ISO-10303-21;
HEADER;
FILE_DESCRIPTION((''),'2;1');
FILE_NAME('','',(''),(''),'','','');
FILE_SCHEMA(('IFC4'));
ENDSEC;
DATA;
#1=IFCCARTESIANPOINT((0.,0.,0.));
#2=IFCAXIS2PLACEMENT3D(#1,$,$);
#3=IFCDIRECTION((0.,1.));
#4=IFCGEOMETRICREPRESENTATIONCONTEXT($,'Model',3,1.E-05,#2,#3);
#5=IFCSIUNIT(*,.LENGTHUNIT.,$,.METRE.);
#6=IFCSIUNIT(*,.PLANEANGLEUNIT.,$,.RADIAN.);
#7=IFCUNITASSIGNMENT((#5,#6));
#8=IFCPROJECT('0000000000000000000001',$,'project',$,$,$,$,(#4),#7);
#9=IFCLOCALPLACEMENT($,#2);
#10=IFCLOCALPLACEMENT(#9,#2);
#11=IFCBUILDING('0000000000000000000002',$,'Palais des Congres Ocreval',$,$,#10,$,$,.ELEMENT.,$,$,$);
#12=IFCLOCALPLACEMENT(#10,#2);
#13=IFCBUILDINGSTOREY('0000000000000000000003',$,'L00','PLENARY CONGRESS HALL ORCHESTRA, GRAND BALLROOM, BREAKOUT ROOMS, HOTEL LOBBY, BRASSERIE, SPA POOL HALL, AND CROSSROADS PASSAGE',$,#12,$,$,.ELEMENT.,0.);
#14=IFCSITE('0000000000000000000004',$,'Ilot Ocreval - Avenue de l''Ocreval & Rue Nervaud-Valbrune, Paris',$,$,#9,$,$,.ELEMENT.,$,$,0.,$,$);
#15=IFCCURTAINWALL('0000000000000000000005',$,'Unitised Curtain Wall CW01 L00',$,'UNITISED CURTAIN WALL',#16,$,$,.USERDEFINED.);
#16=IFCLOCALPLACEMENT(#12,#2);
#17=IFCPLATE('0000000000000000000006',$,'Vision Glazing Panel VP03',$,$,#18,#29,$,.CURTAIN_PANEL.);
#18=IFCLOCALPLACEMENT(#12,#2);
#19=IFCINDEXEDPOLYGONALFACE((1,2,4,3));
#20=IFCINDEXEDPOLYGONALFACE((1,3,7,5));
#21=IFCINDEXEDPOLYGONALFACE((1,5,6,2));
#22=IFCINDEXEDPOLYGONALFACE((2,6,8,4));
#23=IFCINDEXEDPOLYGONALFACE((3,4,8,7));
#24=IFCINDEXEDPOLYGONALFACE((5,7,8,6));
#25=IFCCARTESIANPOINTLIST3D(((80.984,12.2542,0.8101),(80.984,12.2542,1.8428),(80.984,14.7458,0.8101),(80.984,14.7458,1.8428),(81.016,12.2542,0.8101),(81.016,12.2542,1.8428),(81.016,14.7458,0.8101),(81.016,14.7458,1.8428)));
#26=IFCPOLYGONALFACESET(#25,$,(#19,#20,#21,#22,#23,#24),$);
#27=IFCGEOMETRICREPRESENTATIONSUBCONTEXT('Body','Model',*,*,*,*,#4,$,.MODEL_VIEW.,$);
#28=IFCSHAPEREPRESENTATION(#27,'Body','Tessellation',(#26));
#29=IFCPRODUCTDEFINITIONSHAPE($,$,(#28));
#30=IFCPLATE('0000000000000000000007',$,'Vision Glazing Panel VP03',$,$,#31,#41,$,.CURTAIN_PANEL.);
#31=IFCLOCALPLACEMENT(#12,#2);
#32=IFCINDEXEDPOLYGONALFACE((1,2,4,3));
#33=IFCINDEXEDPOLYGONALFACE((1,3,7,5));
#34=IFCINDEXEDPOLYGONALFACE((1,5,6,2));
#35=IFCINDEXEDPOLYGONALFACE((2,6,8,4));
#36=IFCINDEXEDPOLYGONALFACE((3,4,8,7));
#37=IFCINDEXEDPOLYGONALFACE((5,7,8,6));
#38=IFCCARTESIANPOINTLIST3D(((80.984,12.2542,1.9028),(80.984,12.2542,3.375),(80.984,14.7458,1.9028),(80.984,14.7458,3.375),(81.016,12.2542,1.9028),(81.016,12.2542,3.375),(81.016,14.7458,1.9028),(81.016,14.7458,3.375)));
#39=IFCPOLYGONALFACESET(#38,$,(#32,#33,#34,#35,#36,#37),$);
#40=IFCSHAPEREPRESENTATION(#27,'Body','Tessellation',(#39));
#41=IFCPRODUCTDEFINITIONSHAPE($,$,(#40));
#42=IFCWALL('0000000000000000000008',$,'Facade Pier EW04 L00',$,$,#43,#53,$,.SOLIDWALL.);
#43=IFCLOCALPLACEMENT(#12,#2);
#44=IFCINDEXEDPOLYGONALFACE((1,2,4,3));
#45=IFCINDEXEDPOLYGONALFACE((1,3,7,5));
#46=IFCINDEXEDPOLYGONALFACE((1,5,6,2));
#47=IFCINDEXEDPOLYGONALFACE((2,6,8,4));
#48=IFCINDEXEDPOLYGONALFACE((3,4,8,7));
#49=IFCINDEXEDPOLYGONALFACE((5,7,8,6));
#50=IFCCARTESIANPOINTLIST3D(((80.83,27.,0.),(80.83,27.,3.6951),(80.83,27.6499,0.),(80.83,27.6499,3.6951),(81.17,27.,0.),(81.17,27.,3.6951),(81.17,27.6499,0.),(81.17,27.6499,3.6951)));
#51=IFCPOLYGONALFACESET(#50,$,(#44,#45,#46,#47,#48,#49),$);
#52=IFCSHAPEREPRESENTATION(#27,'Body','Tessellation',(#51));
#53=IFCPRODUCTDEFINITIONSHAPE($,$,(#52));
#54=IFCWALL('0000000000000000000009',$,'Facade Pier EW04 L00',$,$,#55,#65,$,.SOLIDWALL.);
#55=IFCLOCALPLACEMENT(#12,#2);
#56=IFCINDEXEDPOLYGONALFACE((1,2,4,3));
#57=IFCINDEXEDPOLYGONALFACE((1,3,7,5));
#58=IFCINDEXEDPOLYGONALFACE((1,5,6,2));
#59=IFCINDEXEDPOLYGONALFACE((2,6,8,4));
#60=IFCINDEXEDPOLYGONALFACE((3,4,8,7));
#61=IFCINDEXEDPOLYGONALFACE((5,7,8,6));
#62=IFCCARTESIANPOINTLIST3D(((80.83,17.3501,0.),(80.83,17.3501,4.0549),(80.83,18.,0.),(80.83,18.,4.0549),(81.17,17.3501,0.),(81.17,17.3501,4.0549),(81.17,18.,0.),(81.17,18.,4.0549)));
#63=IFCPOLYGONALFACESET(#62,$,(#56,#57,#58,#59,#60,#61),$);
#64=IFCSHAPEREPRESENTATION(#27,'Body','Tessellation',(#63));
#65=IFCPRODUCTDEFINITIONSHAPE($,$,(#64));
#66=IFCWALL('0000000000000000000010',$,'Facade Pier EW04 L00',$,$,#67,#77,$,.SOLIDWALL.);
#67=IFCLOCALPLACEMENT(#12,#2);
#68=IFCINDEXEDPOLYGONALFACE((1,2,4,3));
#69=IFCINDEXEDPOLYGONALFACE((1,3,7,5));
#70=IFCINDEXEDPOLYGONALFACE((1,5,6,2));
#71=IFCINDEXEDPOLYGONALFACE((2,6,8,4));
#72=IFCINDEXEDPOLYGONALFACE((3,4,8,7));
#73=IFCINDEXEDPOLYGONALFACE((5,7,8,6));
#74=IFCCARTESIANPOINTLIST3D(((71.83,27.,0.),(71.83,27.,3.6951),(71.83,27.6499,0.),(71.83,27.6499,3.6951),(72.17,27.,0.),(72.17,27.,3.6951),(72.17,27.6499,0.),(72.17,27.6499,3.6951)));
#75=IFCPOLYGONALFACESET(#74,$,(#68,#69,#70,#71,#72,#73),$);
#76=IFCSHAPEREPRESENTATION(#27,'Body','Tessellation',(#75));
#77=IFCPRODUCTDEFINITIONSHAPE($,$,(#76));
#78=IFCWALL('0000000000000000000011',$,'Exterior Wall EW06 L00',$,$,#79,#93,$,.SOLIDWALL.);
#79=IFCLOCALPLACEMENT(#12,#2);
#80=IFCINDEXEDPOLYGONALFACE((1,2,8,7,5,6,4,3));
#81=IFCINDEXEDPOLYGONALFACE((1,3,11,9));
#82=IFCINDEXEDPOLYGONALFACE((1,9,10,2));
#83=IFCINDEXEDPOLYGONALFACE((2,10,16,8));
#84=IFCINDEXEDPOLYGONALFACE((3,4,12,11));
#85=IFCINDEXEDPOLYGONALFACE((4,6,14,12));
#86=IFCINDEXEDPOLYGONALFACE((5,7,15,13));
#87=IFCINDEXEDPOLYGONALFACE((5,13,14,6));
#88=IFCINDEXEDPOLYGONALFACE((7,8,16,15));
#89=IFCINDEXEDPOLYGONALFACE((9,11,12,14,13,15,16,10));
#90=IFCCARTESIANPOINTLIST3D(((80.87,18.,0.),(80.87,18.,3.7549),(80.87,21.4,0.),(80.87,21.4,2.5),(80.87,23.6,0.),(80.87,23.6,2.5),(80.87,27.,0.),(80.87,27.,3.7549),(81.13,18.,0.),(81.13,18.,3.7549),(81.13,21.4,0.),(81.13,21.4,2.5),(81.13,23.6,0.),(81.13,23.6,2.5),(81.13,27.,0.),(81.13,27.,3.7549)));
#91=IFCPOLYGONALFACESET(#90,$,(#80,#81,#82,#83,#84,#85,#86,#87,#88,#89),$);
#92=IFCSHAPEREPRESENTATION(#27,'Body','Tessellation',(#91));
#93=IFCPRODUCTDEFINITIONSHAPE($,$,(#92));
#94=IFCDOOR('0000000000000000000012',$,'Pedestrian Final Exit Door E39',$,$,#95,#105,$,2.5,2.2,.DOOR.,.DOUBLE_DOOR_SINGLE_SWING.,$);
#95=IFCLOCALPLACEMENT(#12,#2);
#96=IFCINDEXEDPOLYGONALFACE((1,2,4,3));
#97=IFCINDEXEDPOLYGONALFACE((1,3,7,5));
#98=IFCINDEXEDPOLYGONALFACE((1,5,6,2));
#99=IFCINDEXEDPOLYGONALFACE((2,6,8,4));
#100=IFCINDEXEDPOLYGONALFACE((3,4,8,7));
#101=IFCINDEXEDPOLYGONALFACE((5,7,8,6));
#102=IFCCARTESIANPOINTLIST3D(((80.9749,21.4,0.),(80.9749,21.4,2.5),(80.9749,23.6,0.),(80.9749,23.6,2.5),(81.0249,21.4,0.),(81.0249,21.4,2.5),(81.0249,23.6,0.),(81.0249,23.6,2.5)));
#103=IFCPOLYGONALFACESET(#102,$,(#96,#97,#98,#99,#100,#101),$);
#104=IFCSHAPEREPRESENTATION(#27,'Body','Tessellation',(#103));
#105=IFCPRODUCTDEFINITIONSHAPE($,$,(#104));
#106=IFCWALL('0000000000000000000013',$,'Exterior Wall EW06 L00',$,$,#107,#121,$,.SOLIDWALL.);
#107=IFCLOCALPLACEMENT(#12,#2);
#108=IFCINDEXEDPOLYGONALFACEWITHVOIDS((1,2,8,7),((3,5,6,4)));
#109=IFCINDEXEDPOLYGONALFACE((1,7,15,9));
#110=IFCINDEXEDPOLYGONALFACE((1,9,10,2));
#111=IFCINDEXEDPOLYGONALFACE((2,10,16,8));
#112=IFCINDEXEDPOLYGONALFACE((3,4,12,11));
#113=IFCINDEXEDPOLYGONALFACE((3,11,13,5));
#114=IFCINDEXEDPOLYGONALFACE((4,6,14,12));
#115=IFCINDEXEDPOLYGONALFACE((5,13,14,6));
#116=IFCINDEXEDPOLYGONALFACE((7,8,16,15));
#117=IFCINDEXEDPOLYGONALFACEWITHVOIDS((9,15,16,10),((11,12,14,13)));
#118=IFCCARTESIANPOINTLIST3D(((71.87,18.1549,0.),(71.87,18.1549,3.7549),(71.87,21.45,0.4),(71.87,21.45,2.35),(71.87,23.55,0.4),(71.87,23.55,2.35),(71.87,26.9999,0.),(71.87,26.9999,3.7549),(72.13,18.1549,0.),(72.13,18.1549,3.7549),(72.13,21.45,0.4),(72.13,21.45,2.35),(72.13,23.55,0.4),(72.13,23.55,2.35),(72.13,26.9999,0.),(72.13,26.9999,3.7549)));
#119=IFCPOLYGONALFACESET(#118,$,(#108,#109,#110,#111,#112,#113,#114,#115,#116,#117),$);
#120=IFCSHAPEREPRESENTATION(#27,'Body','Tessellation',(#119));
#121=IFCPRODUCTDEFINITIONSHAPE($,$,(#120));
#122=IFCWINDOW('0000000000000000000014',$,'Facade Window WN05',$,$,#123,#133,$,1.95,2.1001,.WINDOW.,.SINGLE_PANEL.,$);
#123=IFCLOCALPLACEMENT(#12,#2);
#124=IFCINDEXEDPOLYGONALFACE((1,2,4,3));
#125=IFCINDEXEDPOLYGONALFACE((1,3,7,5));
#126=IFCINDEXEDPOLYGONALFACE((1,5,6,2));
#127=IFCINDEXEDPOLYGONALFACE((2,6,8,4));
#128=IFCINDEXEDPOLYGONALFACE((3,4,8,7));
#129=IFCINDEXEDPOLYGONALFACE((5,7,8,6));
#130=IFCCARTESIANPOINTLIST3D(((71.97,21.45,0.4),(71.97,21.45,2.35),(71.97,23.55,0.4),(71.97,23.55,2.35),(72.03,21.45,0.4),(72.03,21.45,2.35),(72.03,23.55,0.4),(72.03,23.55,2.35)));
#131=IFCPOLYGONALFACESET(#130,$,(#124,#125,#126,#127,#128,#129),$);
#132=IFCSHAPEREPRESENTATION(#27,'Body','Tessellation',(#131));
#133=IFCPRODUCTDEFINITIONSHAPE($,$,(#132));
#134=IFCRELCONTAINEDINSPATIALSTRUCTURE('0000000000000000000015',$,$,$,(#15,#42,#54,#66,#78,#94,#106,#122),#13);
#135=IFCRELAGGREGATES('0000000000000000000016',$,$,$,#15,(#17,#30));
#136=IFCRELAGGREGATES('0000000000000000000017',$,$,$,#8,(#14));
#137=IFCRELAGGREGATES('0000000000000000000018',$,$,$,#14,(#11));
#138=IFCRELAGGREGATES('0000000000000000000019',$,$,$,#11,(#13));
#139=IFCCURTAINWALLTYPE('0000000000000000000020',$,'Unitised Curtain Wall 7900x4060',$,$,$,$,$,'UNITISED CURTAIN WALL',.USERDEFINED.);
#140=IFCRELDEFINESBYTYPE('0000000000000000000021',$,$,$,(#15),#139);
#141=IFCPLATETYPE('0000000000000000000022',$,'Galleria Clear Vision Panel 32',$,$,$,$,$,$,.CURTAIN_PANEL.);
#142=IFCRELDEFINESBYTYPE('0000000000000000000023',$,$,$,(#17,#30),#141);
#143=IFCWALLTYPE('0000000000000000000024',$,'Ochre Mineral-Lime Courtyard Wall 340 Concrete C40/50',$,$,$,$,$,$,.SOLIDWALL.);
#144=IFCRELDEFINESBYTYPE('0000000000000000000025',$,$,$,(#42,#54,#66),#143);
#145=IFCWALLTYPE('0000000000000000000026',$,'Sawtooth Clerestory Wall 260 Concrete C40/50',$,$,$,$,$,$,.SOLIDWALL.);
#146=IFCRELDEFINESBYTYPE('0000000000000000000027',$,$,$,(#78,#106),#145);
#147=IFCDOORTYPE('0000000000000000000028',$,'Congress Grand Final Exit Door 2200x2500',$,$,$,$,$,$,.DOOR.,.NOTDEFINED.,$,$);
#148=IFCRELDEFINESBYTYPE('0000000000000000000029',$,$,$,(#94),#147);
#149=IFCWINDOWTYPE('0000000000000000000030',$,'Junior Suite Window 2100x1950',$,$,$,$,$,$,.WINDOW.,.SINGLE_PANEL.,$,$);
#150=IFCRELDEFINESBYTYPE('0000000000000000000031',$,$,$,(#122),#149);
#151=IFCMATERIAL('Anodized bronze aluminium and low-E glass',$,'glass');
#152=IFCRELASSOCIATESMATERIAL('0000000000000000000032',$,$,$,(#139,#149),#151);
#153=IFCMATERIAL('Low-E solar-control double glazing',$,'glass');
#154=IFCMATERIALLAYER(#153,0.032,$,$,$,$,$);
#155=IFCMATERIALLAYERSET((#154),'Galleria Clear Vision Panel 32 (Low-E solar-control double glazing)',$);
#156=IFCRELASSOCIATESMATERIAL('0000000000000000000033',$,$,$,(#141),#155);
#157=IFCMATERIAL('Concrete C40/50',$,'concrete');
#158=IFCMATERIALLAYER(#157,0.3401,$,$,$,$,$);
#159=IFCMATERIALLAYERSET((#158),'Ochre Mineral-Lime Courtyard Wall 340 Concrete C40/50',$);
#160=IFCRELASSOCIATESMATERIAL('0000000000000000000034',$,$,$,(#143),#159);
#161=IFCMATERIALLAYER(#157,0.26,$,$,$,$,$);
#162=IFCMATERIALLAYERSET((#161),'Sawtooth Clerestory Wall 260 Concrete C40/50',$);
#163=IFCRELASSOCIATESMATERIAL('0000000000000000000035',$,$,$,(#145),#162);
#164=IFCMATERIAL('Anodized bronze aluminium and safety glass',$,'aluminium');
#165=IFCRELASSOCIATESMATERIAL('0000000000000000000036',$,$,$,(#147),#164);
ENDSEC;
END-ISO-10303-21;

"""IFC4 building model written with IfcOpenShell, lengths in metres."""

from ifc_helpers import new_model, si_unit, direction, frame, frame_2d, origin, origin_2d, place, context, subcontext, project, spatial, rectangle, extrude, material, layer, layer_set, type_object, element, fill, aggregate, save


model = new_model("IFC4")

# Units and contexts
model_context = context("Model", 3, precision=1e-05, world=origin(), true_north=direction((0.0, 1.0)))
body_context = subcontext(model_context, "Body", "Model", "MODEL_VIEW")
ifc_project = project(units=[si_unit("LENGTHUNIT", "METRE"), si_unit("PLANEANGLEUNIT", "RADIAN")], contexts=[model_context])

# Site, building, storey
site_placement = place(None, origin())
site = spatial("IfcSite", under=ifc_project, at=site_placement, Name="Ilot Ocreval - Avenue de l'Ocreval & Rue Nervaud-Valbrune, Paris", CompositionType="ELEMENT", RefElevation=0.0)
building_placement = place(site_placement, origin())
building = spatial("IfcBuilding", under=site, at=building_placement, Name="Palais des Congres Ocreval", CompositionType="ELEMENT")
storey_placement = place(building_placement, origin())
storey = spatial("IfcBuildingStorey", under=building, at=storey_placement, Name="L00", Description="PLENARY CONGRESS HALL ORCHESTRA, GRAND BALLROOM, BREAKOUT ROOMS, HOTEL LOBBY, BRASSERIE, SPA POOL HALL, AND CROSSROADS PASSAGE", CompositionType="ELEMENT", Elevation=0.0)

# Shared definitions
ifc_material_1 = material(Name="Concrete C40/50", Category="concrete")

# Shared definitions
ifc_material_2 = material(Name="Anodized bronze aluminium and low-E glass", Category="glass")
curtain_wall_type = type_object("IfcCurtainWallType", Name="Unitised Curtain Wall 7900x4060", ElementType="UNITISED CURTAIN WALL", PredefinedType="USERDEFINED", material=ifc_material_2)

# Curtain wall
curtain_wall_1_placement = place(storey_placement, origin())
curtain_wall_1 = element("IfcCurtainWall", 1, at=curtain_wall_1_placement, inside=storey, type_object=curtain_wall_type, Name="Unitised Curtain Wall CW01 L00", ObjectType="UNITISED CURTAIN WALL", PredefinedType="USERDEFINED")

# Plates
ifc_material_3 = material(Name="Low-E solar-control double glazing", Category="glass")
ifc_layer_1 = layer(ifc_material_3, 0.032)
ifc_layer_set_1 = layer_set([ifc_layer_1], Name="Galleria Clear Vision Panel 32 (Low-E solar-control double glazing)")
plate_type_1 = type_object("IfcPlateType", Name="Galleria Clear Vision Panel 32", PredefinedType="CURTAIN_PANEL", material=ifc_layer_set_1)
plate_1_placement = place(storey_placement, frame((81.0, 13.5, 0.8101), z_axis=(0.0, 0.0, 1.0), x_axis=(0.0, -1.0, 0.0)))
plate_1 = element("IfcPlate", 2, at=plate_1_placement, type_object=plate_type_1, Name="Vision Glazing Panel VP03", PredefinedType="CURTAIN_PANEL", context=body_context, shape_type="SweptSolid", body=[
    extrude(rectangle(XDim=2.4917, YDim=0.032, at=origin_2d()), origin(), (0.0, 0.0, 1.0), 1.0327),
])
plate_2_placement = place(storey_placement, frame((81.0, 13.5, 1.9028), z_axis=(0.0, 0.0, 1.0), x_axis=(0.0, -1.0, 0.0)))
plate_2 = element("IfcPlate", 3, at=plate_2_placement, type_object=plate_type_1, Name="Vision Glazing Panel VP03", PredefinedType="CURTAIN_PANEL", context=body_context, shape_type="SweptSolid", body=[
    extrude(rectangle(XDim=2.4917, YDim=0.032, at=origin_2d()), origin(), (0.0, 0.0, 1.0), 1.4722),
])
aggregate(curtain_wall_1, [plate_1, plate_2])

# Walls
ifc_layer_2 = layer(ifc_material_1, 0.3401)
ifc_layer_set_2 = layer_set([ifc_layer_2], Name="Ochre Mineral-Lime Courtyard Wall 340 Concrete C40/50")
wall_type_1 = type_object("IfcWallType", Name="Ochre Mineral-Lime Courtyard Wall 340 Concrete C40/50", PredefinedType="SOLIDWALL", material=ifc_layer_set_2)
wall_1_placement = place(storey_placement, frame((81.0, 27.6499, 0.0), z_axis=(0.0, 0.0, 1.0), x_axis=(0.0, -1.0, 0.0)))
element("IfcWall", 4, at=wall_1_placement, inside=storey, type_object=wall_type_1, Name="Facade Pier EW04 L00", PredefinedType="SOLIDWALL", context=body_context, shape_type="SweptSolid", body=[
    extrude(rectangle(XDim=0.6499, YDim=0.3401, at=frame_2d((0.325, 0.0))), origin(), (0.0, 0.0, 1.0), 3.6951),
])
wall_2_placement = place(storey_placement, frame((81.0, 18.0, 0.0), z_axis=(0.0, 0.0, 1.0), x_axis=(0.0, -1.0, 0.0)))
element("IfcWall", 5, at=wall_2_placement, inside=storey, type_object=wall_type_1, Name="Facade Pier EW04 L00", PredefinedType="SOLIDWALL", context=body_context, shape_type="SweptSolid", body=[
    extrude(rectangle(XDim=0.6499, YDim=0.3401, at=frame_2d((0.325, 0.0))), origin(), (0.0, 0.0, 1.0), 4.0549),
])
wall_3_placement = place(storey_placement, frame((72.0, 27.0, 0.0), z_axis=(0.0, 0.0, 1.0), x_axis=(0.0, 1.0, 0.0)))
element("IfcWall", 6, at=wall_3_placement, inside=storey, type_object=wall_type_1, Name="Facade Pier EW04 L00", PredefinedType="SOLIDWALL", context=body_context, shape_type="SweptSolid", body=[
    extrude(rectangle(XDim=0.6499, YDim=0.3401, at=frame_2d((0.325, 0.0))), origin(), (0.0, 0.0, 1.0), 3.6951),
])

# Wall, opening, door
ifc_layer_3 = layer(ifc_material_1, 0.26)
ifc_layer_set_3 = layer_set([ifc_layer_3], Name="Sawtooth Clerestory Wall 260 Concrete C40/50")
wall_type_2 = type_object("IfcWallType", Name="Sawtooth Clerestory Wall 260 Concrete C40/50", PredefinedType="SOLIDWALL", material=ifc_layer_set_3)
wall_4_placement = place(storey_placement, frame((81.0, 27.0, 0.0), z_axis=(0.0, 0.0, 1.0), x_axis=(0.0, -1.0, 0.0)))
wall_4 = element("IfcWall", 7, at=wall_4_placement, inside=storey, type_object=wall_type_2, Name="Exterior Wall EW06 L00", PredefinedType="SOLIDWALL", context=body_context, shape_type="SweptSolid", body=[
    extrude(rectangle(XDim=9.0, YDim=0.26, at=frame_2d((4.5, 0.0))), origin(), (0.0, 0.0, 1.0), 3.7549),
])
opening_1_placement = place(wall_4_placement, frame((3.3999, 0.0, 0.0)))
opening_1 = element("IfcOpeningElement", 8, at=opening_1_placement, cuts=wall_4, PredefinedType="OPENING", context=body_context, shape_type="SweptSolid", body=[
    extrude(rectangle(XDim=2.2, YDim=2.5, at=frame_2d((1.1001, 1.25))), frame((0.0, 0.1399, 0.0), z_axis=(0.0, -1.0, 0.0), x_axis=(1.0, 0.0, 0.0)), (0.0, 0.0, 1.0), 0.28),
])
ifc_material_4 = material(Name="Anodized bronze aluminium and safety glass", Category="aluminium")
door_type = type_object("IfcDoorType", Name="Congress Grand Final Exit Door 2200x2500", OperationType="NOTDEFINED", PredefinedType="DOOR", material=ifc_material_4)
door_placement = place(opening_1_placement, origin())
door = element("IfcDoor", 9, at=door_placement, inside=storey, type_object=door_type, Name="Pedestrian Final Exit Door E39", OperationType="DOUBLE_DOOR_SINGLE_SWING", OverallHeight=2.5, OverallWidth=2.2, PredefinedType="DOOR", context=body_context, shape_type="SweptSolid", body=[
    extrude(rectangle(XDim=2.2, YDim=2.5, at=frame_2d((1.1001, 1.25))), frame((0.0, 0.0249, 0.0), z_axis=(0.0, -1.0, 0.0), x_axis=(1.0, 0.0, 0.0)), (0.0, 0.0, 1.0), 0.05),
])
fill(opening_1, door)

# Wall, opening, window
wall_5_placement = place(storey_placement, frame((72.0, 18.155, 0.0), z_axis=(0.0, 0.0, 1.0), x_axis=(0.0, 1.0, 0.0)))
wall_5 = element("IfcWall", 10, at=wall_5_placement, inside=storey, type_object=wall_type_2, Name="Exterior Wall EW06 L00", PredefinedType="SOLIDWALL", context=body_context, shape_type="SweptSolid", body=[
    extrude(rectangle(XDim=8.845, YDim=0.26, at=frame_2d((4.4224, 0.0))), origin(), (0.0, 0.0, 1.0), 3.7549),
])
opening_2_placement = place(wall_5_placement, frame((3.2949, 0.0, 0.3999)))
opening_2 = element("IfcOpeningElement", 11, at=opening_2_placement, cuts=wall_5, PredefinedType="OPENING", context=body_context, shape_type="SweptSolid", body=[
    extrude(rectangle(XDim=2.1001, YDim=1.95, at=frame_2d((1.05, 0.9751))), frame((0.0, 0.1399, 0.0), z_axis=(0.0, -1.0, 0.0), x_axis=(1.0, 0.0, 0.0)), (0.0, 0.0, 1.0), 0.28),
])
window_type = type_object("IfcWindowType", Name="Junior Suite Window 2100x1950", PartitioningType="SINGLE_PANEL", PredefinedType="WINDOW", material=ifc_material_2)
window_placement = place(opening_2_placement, origin())
window = element("IfcWindow", 12, at=window_placement, inside=storey, type_object=window_type, Name="Facade Window WN05", OverallHeight=1.95, OverallWidth=2.1001, PartitioningType="SINGLE_PANEL", PredefinedType="WINDOW", context=body_context, shape_type="SweptSolid", body=[
    extrude(rectangle(XDim=2.1001, YDim=1.95, at=frame_2d((1.05, 0.9751))), frame((0.0, 0.03, 0.0), z_axis=(0.0, -1.0, 0.0), x_axis=(1.0, 0.0, 0.0)), (0.0, 0.0, 1.0), 0.0601),
])
fill(opening_2, window)

save(model, "model.ifc")
